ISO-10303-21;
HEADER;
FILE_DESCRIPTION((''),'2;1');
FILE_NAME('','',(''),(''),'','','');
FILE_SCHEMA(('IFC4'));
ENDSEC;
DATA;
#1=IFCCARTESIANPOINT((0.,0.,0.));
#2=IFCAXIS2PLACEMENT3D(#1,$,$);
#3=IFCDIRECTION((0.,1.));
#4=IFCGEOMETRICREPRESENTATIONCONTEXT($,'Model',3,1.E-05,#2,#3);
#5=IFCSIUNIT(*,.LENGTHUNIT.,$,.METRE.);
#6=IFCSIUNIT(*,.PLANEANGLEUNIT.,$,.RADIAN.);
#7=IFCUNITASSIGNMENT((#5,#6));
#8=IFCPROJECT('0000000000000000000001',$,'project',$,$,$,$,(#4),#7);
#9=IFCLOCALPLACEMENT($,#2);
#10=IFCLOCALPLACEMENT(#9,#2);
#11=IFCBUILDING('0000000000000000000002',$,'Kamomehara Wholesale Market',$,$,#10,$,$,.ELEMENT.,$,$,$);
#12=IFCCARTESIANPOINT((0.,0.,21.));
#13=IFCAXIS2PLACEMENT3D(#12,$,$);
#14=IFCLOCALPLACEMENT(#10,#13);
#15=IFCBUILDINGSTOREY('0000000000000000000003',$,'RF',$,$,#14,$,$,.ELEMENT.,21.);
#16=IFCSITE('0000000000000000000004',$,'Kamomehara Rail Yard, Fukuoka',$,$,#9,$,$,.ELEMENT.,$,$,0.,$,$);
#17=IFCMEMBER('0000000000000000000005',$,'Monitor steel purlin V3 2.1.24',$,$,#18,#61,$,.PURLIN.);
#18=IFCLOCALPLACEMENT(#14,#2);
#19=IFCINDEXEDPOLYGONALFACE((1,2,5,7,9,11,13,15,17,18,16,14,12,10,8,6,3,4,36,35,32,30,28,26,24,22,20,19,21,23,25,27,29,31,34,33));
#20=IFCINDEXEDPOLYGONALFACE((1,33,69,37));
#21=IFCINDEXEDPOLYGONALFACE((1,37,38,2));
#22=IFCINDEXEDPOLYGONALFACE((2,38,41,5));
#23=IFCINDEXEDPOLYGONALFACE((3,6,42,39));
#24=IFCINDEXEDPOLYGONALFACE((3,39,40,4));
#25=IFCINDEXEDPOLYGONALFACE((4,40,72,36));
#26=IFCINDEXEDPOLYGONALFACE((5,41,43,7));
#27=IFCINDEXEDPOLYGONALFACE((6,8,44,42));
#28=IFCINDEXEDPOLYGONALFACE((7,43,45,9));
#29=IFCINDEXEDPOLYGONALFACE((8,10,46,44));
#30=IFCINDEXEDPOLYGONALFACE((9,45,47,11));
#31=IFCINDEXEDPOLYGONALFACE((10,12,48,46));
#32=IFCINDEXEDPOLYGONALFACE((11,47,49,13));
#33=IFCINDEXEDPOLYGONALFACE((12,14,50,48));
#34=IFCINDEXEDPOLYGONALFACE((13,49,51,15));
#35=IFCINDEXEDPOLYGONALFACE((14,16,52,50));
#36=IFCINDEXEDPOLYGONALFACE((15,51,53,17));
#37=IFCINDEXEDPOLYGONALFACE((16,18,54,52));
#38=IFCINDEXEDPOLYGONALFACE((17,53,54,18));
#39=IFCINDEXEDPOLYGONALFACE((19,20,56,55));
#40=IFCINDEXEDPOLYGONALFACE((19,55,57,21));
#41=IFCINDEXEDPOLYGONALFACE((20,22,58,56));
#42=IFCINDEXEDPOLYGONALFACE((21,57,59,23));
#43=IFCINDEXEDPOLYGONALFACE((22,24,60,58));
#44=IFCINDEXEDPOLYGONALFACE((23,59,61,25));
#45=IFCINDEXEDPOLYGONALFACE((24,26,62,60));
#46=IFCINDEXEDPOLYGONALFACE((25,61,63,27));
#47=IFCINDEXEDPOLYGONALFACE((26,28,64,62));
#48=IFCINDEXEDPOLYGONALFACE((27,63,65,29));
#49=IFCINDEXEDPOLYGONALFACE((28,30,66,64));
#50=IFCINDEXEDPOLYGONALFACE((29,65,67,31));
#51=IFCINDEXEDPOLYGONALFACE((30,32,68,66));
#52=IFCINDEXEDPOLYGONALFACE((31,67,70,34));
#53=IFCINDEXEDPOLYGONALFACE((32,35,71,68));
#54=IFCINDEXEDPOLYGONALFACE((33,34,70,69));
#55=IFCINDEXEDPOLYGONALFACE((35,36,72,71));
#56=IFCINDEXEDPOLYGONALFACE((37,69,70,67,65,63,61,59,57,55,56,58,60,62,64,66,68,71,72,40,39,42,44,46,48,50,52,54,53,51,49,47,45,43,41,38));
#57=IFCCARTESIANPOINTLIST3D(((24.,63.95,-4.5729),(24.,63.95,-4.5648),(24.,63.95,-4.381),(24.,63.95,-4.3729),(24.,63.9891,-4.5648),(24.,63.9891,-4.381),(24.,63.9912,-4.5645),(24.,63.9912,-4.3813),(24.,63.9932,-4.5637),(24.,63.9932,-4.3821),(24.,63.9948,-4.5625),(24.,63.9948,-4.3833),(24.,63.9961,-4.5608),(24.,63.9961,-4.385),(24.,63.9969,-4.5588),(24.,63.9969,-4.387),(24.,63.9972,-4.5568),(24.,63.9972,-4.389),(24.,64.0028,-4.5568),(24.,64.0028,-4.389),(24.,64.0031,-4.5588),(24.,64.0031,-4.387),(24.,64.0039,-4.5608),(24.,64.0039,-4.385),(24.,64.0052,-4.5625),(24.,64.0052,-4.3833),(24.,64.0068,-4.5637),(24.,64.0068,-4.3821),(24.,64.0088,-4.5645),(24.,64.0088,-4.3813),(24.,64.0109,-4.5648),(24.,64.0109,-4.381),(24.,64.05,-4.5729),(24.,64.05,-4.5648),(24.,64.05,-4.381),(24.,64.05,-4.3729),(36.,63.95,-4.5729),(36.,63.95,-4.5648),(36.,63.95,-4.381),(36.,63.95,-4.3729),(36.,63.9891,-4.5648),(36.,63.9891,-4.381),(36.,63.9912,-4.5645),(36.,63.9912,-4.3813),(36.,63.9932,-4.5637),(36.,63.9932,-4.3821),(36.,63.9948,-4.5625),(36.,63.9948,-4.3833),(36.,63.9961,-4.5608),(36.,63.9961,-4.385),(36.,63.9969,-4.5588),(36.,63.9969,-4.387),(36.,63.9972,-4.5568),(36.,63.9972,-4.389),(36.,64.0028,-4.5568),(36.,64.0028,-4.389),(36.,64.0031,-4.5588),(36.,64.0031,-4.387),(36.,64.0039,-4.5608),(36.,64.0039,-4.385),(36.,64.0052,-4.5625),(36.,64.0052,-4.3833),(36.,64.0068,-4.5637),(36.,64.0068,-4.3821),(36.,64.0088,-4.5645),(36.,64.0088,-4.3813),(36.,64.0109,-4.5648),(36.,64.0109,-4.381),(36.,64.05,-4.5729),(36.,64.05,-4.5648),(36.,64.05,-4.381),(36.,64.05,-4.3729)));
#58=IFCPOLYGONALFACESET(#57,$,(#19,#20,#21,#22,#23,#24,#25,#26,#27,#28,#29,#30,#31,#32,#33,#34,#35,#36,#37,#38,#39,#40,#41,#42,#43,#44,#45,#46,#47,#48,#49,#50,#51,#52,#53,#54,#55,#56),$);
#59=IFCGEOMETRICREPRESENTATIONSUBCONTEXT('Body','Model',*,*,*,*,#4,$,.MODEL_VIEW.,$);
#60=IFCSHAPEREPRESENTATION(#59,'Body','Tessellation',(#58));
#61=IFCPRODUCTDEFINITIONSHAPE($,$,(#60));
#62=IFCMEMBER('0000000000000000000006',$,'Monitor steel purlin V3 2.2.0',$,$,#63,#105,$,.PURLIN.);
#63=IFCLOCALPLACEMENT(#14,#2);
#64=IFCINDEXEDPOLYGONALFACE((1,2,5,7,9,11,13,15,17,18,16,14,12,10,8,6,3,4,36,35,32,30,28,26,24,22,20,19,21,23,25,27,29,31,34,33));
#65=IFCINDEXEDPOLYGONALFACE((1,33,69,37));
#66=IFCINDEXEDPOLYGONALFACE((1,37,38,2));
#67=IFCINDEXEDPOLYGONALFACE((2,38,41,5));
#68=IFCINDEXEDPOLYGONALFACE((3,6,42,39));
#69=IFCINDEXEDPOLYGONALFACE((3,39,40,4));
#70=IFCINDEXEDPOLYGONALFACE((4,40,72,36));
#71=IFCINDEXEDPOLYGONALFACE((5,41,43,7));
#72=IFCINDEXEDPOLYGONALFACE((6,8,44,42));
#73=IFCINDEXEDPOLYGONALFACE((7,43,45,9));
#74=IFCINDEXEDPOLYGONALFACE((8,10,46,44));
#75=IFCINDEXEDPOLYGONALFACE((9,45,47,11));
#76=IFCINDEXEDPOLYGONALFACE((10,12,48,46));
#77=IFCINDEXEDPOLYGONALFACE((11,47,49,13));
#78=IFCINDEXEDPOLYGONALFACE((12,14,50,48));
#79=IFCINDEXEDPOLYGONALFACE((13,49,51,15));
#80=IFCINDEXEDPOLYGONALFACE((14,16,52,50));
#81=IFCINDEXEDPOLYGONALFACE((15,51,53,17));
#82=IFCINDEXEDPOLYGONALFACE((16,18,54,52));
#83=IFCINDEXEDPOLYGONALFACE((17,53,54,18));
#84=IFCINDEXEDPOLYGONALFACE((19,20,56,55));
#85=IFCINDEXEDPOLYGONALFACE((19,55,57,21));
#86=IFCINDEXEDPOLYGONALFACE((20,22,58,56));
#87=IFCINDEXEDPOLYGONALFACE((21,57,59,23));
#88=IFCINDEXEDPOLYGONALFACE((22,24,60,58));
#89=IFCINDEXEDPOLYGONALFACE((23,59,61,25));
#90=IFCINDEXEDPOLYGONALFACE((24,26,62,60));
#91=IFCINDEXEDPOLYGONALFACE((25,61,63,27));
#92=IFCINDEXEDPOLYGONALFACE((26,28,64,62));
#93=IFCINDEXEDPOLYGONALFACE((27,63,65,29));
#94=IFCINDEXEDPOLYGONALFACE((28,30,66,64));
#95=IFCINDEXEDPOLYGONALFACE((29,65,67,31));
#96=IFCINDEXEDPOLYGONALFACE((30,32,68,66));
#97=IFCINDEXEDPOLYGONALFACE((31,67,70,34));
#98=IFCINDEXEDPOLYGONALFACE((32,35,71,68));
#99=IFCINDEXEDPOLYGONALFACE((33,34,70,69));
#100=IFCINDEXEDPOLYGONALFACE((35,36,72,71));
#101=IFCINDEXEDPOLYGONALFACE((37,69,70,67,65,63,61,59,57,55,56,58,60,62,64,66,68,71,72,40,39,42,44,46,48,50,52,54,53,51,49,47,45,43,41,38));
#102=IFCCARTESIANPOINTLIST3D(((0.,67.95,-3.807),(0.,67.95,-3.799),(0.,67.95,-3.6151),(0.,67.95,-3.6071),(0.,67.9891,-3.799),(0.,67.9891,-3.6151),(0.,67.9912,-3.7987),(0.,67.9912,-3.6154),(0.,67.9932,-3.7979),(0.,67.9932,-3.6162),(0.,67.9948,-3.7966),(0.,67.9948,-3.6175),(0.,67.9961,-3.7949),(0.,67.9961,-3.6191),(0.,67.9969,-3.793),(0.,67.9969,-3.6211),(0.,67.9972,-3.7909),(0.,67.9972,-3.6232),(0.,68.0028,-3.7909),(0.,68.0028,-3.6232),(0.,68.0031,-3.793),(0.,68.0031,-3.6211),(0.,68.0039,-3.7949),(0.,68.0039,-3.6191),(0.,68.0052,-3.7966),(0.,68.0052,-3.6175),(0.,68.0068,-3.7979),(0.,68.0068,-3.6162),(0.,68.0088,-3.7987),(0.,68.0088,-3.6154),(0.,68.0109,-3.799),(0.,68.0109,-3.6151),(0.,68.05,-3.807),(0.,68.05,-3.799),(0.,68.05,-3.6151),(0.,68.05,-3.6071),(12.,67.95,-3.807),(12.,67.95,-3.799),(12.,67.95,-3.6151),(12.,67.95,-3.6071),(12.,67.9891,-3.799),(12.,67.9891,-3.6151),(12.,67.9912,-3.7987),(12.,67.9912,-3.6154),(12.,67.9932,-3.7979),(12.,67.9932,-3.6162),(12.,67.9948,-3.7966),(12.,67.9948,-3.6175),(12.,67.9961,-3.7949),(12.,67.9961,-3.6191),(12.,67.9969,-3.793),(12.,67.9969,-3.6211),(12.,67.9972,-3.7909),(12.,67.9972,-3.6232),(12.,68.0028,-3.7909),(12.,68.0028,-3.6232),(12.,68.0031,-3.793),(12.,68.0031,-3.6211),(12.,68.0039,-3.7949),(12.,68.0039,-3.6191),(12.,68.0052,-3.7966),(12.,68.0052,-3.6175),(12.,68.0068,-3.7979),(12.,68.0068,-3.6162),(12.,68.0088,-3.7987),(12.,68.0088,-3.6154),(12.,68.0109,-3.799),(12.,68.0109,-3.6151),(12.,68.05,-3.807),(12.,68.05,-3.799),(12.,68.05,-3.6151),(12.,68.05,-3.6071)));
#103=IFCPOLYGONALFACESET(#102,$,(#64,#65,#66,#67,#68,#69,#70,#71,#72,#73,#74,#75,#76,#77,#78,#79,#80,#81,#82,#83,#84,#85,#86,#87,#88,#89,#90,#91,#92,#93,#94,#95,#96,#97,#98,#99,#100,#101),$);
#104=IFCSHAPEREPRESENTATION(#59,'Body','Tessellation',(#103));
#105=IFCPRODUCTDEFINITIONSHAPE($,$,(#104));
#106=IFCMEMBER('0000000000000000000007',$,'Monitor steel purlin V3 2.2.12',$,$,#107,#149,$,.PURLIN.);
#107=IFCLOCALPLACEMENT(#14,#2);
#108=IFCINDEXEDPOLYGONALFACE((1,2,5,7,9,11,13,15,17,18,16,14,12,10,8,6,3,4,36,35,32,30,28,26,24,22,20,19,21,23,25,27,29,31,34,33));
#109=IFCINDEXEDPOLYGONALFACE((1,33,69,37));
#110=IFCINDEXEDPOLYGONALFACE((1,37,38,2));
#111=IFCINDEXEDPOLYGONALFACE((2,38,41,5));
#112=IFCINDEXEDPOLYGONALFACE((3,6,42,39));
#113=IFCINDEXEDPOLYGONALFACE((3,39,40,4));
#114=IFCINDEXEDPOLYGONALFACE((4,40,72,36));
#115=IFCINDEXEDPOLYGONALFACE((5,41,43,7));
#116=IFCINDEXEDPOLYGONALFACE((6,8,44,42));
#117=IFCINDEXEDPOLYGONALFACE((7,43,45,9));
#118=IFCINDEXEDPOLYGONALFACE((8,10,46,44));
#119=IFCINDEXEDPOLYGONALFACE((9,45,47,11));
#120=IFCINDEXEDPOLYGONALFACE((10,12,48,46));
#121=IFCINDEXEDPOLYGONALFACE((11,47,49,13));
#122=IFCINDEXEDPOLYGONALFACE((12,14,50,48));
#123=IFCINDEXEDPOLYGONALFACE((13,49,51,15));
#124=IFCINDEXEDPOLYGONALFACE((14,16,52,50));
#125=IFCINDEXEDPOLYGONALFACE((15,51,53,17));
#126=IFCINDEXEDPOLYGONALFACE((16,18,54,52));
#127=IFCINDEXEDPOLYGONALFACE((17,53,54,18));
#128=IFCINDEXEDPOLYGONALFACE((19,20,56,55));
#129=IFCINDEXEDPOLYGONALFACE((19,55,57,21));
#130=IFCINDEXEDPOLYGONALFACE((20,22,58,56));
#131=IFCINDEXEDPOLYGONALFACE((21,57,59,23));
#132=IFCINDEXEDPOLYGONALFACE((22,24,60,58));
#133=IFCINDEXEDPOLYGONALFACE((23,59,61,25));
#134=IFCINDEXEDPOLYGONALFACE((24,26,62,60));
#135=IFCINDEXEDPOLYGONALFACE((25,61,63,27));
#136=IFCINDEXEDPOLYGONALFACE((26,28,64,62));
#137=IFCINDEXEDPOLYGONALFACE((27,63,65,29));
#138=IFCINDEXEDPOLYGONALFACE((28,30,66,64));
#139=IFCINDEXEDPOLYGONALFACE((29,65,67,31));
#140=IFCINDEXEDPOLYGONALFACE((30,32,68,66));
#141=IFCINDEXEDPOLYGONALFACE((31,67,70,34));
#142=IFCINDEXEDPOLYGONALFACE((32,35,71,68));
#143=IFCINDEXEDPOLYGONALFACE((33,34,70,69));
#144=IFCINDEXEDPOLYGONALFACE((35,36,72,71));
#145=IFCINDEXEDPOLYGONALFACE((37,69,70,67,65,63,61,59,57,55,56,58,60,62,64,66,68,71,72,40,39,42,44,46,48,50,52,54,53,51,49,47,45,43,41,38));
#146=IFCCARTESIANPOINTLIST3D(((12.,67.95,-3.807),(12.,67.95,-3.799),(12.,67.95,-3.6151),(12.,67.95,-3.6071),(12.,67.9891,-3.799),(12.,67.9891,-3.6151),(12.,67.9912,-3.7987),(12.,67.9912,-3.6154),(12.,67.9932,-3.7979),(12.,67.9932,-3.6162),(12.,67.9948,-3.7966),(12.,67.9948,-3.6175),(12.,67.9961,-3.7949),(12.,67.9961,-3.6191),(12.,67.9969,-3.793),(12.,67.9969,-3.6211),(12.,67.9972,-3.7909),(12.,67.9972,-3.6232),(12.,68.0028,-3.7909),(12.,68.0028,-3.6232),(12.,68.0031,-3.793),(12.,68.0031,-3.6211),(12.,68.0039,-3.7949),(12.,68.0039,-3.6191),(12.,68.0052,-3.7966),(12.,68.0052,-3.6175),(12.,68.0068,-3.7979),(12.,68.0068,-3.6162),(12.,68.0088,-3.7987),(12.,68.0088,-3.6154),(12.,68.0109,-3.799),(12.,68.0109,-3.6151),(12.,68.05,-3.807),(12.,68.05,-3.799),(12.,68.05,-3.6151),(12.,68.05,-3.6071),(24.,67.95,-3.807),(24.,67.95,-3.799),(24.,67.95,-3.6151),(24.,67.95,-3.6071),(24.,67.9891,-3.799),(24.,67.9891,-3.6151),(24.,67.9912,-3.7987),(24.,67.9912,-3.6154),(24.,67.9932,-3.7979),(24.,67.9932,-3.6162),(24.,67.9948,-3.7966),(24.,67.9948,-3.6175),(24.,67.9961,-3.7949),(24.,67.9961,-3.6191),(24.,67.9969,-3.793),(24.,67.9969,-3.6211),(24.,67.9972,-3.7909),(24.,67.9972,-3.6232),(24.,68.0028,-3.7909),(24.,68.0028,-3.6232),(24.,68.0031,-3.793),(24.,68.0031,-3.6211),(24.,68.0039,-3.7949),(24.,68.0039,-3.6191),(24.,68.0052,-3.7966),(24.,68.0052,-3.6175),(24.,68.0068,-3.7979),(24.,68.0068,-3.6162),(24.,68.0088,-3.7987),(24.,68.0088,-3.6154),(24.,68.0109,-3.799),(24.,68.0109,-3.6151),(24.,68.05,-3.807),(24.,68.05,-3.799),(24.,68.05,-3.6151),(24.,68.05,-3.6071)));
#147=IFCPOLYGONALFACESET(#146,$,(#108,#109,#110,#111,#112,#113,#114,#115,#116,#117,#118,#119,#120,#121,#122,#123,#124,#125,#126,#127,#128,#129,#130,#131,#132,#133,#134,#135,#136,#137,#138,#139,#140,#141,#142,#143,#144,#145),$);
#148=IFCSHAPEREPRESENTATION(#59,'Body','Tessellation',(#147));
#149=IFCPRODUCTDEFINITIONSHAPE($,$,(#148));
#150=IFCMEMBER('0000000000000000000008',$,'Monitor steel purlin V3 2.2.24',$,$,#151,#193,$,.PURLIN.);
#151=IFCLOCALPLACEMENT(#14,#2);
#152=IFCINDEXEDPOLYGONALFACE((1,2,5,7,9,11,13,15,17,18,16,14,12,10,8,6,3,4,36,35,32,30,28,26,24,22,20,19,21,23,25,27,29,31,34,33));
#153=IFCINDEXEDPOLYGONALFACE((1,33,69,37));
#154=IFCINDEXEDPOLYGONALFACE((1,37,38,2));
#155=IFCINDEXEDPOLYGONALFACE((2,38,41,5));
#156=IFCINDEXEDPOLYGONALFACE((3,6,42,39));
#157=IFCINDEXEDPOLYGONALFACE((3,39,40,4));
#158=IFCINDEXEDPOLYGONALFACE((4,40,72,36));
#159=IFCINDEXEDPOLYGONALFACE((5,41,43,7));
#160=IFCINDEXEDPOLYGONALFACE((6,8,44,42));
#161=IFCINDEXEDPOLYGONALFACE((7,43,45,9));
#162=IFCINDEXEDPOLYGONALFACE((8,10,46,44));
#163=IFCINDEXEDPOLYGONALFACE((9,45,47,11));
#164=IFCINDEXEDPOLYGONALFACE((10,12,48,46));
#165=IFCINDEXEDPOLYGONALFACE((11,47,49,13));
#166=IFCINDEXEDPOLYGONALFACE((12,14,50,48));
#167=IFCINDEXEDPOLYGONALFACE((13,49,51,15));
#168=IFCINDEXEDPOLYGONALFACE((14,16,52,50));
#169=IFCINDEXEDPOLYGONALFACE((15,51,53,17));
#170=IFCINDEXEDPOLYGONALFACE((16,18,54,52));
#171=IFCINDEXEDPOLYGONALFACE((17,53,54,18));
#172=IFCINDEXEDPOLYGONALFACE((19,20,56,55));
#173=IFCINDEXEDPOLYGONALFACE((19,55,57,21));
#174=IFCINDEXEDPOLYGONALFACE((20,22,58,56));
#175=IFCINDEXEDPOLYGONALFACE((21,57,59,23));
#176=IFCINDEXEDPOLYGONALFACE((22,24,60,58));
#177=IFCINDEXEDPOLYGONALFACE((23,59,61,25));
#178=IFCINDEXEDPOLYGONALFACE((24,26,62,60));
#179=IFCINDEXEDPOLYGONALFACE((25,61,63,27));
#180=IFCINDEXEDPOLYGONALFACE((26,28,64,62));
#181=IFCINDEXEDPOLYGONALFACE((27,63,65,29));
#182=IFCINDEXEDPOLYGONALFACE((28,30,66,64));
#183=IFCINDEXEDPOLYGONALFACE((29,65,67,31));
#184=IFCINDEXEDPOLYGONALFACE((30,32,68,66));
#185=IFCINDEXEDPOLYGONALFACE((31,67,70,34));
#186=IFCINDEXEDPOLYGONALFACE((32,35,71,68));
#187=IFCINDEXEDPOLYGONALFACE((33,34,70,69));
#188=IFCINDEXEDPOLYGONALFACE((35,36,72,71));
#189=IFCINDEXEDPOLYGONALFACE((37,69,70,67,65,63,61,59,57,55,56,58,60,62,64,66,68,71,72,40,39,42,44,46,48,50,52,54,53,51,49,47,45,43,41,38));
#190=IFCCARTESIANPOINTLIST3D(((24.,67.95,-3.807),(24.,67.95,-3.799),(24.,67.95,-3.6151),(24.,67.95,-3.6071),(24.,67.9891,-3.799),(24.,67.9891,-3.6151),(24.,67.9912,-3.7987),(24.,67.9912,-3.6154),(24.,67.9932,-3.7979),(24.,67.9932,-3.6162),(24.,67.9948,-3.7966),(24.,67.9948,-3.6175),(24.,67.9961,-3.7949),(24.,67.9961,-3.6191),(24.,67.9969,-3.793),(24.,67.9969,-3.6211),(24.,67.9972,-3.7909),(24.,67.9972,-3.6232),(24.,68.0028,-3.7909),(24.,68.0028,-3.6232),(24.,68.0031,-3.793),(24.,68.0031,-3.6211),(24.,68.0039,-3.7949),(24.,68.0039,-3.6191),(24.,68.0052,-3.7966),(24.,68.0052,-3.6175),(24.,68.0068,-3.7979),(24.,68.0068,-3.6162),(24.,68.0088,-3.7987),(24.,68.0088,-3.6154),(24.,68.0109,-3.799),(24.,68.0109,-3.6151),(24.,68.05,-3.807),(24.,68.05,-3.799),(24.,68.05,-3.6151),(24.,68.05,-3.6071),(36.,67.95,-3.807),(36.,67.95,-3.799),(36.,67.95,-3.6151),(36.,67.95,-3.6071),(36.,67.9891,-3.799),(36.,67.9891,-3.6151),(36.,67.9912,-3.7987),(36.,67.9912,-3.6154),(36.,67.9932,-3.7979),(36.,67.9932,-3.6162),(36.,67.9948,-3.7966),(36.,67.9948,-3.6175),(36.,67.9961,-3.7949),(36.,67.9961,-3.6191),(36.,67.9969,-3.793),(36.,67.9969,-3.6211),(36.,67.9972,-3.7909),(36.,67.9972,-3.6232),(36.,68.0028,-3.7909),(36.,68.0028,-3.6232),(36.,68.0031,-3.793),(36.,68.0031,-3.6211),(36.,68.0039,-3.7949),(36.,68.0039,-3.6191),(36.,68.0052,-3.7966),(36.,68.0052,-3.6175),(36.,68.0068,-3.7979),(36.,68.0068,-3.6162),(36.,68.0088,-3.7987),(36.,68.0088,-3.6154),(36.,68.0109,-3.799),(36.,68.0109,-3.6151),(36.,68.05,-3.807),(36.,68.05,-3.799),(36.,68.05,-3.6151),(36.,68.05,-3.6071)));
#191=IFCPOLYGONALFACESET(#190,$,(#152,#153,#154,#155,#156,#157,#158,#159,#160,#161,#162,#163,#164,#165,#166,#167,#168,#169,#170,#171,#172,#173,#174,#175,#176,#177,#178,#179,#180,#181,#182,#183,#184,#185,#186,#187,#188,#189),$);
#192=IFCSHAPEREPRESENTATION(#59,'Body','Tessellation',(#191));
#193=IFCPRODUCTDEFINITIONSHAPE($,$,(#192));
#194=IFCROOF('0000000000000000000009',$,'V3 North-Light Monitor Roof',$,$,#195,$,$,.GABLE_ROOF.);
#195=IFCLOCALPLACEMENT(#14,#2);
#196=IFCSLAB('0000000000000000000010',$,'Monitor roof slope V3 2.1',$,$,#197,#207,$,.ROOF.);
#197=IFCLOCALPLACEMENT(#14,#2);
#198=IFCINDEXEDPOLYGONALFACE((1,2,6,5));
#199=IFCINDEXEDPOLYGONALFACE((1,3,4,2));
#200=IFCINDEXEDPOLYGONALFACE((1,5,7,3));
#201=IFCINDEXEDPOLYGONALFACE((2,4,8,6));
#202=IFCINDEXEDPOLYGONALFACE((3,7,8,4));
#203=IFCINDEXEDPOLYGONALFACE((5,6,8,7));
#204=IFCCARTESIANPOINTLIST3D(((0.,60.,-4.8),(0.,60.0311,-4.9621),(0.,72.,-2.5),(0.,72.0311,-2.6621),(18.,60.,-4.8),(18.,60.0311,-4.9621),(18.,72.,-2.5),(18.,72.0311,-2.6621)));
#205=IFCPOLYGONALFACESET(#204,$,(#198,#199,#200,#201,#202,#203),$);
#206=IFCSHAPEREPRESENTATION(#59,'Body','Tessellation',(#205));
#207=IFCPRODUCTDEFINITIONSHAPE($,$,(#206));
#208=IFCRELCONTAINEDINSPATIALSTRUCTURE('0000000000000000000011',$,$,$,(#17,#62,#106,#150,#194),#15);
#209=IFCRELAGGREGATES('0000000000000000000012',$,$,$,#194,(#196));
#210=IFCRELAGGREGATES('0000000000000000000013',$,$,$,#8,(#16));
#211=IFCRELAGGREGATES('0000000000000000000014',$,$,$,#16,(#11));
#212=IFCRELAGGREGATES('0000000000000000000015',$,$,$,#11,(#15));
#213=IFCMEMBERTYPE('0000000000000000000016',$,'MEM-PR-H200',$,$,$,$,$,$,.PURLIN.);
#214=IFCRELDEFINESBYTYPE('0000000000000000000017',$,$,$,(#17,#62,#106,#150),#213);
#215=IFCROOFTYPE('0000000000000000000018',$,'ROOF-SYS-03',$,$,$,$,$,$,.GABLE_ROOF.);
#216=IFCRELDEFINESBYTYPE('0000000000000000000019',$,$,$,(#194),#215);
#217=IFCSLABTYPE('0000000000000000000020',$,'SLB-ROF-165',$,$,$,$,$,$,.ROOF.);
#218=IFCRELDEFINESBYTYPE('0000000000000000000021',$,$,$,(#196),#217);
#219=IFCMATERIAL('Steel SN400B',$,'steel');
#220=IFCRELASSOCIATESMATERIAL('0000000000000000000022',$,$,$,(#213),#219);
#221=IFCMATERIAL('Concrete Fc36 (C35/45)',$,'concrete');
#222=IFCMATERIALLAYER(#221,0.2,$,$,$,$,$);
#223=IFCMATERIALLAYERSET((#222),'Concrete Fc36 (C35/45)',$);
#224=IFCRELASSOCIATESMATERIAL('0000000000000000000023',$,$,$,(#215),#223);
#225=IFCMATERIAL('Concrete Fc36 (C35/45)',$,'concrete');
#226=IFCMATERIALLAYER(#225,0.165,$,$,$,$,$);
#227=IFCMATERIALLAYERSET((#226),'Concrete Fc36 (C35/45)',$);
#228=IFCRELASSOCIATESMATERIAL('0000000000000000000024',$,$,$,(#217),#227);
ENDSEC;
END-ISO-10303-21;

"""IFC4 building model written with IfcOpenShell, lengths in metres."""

from ifc_helpers import new_model, si_unit, direction, frame, origin, origin_2d, place, context, subcontext, project, spatial, polyline, i_section, outline, extrude, material, layer, layer_set, material_profile, profile_set, type_object, element, aggregate, save


model = new_model("IFC4")

# Units and contexts
model_context = context("Model", 3, precision=1e-05, world=origin(), true_north=direction((0.0, 1.0)))
body_context = subcontext(model_context, "Body", "Model", "MODEL_VIEW")
ifc_project = project(units=[si_unit("LENGTHUNIT", "METRE"), si_unit("PLANEANGLEUNIT", "RADIAN")], contexts=[model_context])

# Site, building, storey
site_placement = place(None, origin())
site = spatial("IfcSite", under=ifc_project, at=site_placement, Name="Kamomehara Rail Yard, Fukuoka", CompositionType="ELEMENT", RefElevation=0.0)
building_placement = place(site_placement, origin())
building = spatial("IfcBuilding", under=site, at=building_placement, Name="Kamomehara Wholesale Market", CompositionType="ELEMENT")
storey_placement = place(building_placement, frame((0.0, 0.0, 21.0)))
storey = spatial("IfcBuildingStorey", under=building, at=storey_placement, Name="RF", CompositionType="ELEMENT", Elevation=21.0)

# Members
ifc_material_1 = material(Name="Steel SN400B", Category="steel")
ifc_material_profile_1 = material_profile(ifc_material_1, i_section(OverallWidth=0.1001, OverallDepth=0.2, WebThickness=0.0056, FlangeThickness=0.0081, FilletRadius=0.0081, at=origin_2d()), Name="H-200x100x5.5x8")
ifc_profile_set_1 = profile_set([ifc_material_profile_1], Name="Steel SN400B")
member_type = type_object("IfcMemberType", Name="MEM-PR-H200", PredefinedType="PURLIN", material=ifc_profile_set_1)
for number, where, z_axis, x_axis, name in (
    (1, (24.0, 64.0, -4.4729), (1.0, 0.0, 0.0), (0.0, 1.0, 0.0), "Monitor steel purlin V3 2.1.24"),
    (2, (0.0, 68.0, -3.707), (1.0, 0.0, 0.0), (0.0, 1.0, 0.0), "Monitor steel purlin V3 2.2.0"),
    (3, (12.0, 68.0, -3.707), (1.0, 0.0, 0.0), (0.0, 1.0, 0.0), "Monitor steel purlin V3 2.2.12"),
    (4, (24.0, 68.0, -3.707), (1.0, 0.0, 0.0), (0.0, 1.0, 0.0), "Monitor steel purlin V3 2.2.24"),
):
    element("IfcMember", number, at=place(storey_placement, frame(where, z_axis=z_axis, x_axis=x_axis)), inside=storey, type_object=member_type, Name=name, PredefinedType="PURLIN", context=body_context, shape_type="SweptSolid", body=[
        extrude(i_section(OverallWidth=0.1001, OverallDepth=0.2, WebThickness=0.0056, FlangeThickness=0.0081, FilletRadius=0.0081, at=origin_2d()), origin(), (0.0, 0.0, 1.0), 12.0),
    ])

# Roof, slab
ifc_material_2 = material(Name="Concrete Fc36 (C35/45)", Category="concrete")
ifc_layer_1 = layer(ifc_material_2, 0.2)
ifc_layer_set_1 = layer_set([ifc_layer_1], Name="Concrete Fc36 (C35/45)")
roof_type = type_object("IfcRoofType", Name="ROOF-SYS-03", PredefinedType="GABLE_ROOF", material=ifc_layer_set_1)
roof_placement = place(storey_placement, origin())
roof = element("IfcRoof", 5, at=roof_placement, inside=storey, type_object=roof_type, Name="V3 North-Light Monitor Roof", PredefinedType="GABLE_ROOF")
ifc_material_3 = material(Name="Concrete Fc36 (C35/45)", Category="concrete")
ifc_layer_2 = layer(ifc_material_3, 0.165)
ifc_layer_set_2 = layer_set([ifc_layer_2], Name="Concrete Fc36 (C35/45)")
slab_type = type_object("IfcSlabType", Name="SLB-ROF-165", PredefinedType="ROOF", material=ifc_layer_set_2)
slab_1_placement = place(storey_placement, frame((0.0, 60.0, -4.8), z_axis=(0.0, -0.188244, 0.982122), x_axis=(1.0, 0.0, 0.0)))
slab_1 = element("IfcSlab", 6, at=slab_1_placement, type_object=slab_type, Name="Monitor roof slope V3 2.1", PredefinedType="ROOF", context=body_context, shape_type="SweptSolid", body=[
    extrude(outline(polyline([(0.0, 0.0), (18.0, 0.0), (18.0, 12.2184), (0.0, 12.2184), (0.0, 0.0)])), origin(), (0.0, 0.0, -1.0), 0.165),
])
aggregate(roof, [slab_1])

save(model, "model.ifc")
